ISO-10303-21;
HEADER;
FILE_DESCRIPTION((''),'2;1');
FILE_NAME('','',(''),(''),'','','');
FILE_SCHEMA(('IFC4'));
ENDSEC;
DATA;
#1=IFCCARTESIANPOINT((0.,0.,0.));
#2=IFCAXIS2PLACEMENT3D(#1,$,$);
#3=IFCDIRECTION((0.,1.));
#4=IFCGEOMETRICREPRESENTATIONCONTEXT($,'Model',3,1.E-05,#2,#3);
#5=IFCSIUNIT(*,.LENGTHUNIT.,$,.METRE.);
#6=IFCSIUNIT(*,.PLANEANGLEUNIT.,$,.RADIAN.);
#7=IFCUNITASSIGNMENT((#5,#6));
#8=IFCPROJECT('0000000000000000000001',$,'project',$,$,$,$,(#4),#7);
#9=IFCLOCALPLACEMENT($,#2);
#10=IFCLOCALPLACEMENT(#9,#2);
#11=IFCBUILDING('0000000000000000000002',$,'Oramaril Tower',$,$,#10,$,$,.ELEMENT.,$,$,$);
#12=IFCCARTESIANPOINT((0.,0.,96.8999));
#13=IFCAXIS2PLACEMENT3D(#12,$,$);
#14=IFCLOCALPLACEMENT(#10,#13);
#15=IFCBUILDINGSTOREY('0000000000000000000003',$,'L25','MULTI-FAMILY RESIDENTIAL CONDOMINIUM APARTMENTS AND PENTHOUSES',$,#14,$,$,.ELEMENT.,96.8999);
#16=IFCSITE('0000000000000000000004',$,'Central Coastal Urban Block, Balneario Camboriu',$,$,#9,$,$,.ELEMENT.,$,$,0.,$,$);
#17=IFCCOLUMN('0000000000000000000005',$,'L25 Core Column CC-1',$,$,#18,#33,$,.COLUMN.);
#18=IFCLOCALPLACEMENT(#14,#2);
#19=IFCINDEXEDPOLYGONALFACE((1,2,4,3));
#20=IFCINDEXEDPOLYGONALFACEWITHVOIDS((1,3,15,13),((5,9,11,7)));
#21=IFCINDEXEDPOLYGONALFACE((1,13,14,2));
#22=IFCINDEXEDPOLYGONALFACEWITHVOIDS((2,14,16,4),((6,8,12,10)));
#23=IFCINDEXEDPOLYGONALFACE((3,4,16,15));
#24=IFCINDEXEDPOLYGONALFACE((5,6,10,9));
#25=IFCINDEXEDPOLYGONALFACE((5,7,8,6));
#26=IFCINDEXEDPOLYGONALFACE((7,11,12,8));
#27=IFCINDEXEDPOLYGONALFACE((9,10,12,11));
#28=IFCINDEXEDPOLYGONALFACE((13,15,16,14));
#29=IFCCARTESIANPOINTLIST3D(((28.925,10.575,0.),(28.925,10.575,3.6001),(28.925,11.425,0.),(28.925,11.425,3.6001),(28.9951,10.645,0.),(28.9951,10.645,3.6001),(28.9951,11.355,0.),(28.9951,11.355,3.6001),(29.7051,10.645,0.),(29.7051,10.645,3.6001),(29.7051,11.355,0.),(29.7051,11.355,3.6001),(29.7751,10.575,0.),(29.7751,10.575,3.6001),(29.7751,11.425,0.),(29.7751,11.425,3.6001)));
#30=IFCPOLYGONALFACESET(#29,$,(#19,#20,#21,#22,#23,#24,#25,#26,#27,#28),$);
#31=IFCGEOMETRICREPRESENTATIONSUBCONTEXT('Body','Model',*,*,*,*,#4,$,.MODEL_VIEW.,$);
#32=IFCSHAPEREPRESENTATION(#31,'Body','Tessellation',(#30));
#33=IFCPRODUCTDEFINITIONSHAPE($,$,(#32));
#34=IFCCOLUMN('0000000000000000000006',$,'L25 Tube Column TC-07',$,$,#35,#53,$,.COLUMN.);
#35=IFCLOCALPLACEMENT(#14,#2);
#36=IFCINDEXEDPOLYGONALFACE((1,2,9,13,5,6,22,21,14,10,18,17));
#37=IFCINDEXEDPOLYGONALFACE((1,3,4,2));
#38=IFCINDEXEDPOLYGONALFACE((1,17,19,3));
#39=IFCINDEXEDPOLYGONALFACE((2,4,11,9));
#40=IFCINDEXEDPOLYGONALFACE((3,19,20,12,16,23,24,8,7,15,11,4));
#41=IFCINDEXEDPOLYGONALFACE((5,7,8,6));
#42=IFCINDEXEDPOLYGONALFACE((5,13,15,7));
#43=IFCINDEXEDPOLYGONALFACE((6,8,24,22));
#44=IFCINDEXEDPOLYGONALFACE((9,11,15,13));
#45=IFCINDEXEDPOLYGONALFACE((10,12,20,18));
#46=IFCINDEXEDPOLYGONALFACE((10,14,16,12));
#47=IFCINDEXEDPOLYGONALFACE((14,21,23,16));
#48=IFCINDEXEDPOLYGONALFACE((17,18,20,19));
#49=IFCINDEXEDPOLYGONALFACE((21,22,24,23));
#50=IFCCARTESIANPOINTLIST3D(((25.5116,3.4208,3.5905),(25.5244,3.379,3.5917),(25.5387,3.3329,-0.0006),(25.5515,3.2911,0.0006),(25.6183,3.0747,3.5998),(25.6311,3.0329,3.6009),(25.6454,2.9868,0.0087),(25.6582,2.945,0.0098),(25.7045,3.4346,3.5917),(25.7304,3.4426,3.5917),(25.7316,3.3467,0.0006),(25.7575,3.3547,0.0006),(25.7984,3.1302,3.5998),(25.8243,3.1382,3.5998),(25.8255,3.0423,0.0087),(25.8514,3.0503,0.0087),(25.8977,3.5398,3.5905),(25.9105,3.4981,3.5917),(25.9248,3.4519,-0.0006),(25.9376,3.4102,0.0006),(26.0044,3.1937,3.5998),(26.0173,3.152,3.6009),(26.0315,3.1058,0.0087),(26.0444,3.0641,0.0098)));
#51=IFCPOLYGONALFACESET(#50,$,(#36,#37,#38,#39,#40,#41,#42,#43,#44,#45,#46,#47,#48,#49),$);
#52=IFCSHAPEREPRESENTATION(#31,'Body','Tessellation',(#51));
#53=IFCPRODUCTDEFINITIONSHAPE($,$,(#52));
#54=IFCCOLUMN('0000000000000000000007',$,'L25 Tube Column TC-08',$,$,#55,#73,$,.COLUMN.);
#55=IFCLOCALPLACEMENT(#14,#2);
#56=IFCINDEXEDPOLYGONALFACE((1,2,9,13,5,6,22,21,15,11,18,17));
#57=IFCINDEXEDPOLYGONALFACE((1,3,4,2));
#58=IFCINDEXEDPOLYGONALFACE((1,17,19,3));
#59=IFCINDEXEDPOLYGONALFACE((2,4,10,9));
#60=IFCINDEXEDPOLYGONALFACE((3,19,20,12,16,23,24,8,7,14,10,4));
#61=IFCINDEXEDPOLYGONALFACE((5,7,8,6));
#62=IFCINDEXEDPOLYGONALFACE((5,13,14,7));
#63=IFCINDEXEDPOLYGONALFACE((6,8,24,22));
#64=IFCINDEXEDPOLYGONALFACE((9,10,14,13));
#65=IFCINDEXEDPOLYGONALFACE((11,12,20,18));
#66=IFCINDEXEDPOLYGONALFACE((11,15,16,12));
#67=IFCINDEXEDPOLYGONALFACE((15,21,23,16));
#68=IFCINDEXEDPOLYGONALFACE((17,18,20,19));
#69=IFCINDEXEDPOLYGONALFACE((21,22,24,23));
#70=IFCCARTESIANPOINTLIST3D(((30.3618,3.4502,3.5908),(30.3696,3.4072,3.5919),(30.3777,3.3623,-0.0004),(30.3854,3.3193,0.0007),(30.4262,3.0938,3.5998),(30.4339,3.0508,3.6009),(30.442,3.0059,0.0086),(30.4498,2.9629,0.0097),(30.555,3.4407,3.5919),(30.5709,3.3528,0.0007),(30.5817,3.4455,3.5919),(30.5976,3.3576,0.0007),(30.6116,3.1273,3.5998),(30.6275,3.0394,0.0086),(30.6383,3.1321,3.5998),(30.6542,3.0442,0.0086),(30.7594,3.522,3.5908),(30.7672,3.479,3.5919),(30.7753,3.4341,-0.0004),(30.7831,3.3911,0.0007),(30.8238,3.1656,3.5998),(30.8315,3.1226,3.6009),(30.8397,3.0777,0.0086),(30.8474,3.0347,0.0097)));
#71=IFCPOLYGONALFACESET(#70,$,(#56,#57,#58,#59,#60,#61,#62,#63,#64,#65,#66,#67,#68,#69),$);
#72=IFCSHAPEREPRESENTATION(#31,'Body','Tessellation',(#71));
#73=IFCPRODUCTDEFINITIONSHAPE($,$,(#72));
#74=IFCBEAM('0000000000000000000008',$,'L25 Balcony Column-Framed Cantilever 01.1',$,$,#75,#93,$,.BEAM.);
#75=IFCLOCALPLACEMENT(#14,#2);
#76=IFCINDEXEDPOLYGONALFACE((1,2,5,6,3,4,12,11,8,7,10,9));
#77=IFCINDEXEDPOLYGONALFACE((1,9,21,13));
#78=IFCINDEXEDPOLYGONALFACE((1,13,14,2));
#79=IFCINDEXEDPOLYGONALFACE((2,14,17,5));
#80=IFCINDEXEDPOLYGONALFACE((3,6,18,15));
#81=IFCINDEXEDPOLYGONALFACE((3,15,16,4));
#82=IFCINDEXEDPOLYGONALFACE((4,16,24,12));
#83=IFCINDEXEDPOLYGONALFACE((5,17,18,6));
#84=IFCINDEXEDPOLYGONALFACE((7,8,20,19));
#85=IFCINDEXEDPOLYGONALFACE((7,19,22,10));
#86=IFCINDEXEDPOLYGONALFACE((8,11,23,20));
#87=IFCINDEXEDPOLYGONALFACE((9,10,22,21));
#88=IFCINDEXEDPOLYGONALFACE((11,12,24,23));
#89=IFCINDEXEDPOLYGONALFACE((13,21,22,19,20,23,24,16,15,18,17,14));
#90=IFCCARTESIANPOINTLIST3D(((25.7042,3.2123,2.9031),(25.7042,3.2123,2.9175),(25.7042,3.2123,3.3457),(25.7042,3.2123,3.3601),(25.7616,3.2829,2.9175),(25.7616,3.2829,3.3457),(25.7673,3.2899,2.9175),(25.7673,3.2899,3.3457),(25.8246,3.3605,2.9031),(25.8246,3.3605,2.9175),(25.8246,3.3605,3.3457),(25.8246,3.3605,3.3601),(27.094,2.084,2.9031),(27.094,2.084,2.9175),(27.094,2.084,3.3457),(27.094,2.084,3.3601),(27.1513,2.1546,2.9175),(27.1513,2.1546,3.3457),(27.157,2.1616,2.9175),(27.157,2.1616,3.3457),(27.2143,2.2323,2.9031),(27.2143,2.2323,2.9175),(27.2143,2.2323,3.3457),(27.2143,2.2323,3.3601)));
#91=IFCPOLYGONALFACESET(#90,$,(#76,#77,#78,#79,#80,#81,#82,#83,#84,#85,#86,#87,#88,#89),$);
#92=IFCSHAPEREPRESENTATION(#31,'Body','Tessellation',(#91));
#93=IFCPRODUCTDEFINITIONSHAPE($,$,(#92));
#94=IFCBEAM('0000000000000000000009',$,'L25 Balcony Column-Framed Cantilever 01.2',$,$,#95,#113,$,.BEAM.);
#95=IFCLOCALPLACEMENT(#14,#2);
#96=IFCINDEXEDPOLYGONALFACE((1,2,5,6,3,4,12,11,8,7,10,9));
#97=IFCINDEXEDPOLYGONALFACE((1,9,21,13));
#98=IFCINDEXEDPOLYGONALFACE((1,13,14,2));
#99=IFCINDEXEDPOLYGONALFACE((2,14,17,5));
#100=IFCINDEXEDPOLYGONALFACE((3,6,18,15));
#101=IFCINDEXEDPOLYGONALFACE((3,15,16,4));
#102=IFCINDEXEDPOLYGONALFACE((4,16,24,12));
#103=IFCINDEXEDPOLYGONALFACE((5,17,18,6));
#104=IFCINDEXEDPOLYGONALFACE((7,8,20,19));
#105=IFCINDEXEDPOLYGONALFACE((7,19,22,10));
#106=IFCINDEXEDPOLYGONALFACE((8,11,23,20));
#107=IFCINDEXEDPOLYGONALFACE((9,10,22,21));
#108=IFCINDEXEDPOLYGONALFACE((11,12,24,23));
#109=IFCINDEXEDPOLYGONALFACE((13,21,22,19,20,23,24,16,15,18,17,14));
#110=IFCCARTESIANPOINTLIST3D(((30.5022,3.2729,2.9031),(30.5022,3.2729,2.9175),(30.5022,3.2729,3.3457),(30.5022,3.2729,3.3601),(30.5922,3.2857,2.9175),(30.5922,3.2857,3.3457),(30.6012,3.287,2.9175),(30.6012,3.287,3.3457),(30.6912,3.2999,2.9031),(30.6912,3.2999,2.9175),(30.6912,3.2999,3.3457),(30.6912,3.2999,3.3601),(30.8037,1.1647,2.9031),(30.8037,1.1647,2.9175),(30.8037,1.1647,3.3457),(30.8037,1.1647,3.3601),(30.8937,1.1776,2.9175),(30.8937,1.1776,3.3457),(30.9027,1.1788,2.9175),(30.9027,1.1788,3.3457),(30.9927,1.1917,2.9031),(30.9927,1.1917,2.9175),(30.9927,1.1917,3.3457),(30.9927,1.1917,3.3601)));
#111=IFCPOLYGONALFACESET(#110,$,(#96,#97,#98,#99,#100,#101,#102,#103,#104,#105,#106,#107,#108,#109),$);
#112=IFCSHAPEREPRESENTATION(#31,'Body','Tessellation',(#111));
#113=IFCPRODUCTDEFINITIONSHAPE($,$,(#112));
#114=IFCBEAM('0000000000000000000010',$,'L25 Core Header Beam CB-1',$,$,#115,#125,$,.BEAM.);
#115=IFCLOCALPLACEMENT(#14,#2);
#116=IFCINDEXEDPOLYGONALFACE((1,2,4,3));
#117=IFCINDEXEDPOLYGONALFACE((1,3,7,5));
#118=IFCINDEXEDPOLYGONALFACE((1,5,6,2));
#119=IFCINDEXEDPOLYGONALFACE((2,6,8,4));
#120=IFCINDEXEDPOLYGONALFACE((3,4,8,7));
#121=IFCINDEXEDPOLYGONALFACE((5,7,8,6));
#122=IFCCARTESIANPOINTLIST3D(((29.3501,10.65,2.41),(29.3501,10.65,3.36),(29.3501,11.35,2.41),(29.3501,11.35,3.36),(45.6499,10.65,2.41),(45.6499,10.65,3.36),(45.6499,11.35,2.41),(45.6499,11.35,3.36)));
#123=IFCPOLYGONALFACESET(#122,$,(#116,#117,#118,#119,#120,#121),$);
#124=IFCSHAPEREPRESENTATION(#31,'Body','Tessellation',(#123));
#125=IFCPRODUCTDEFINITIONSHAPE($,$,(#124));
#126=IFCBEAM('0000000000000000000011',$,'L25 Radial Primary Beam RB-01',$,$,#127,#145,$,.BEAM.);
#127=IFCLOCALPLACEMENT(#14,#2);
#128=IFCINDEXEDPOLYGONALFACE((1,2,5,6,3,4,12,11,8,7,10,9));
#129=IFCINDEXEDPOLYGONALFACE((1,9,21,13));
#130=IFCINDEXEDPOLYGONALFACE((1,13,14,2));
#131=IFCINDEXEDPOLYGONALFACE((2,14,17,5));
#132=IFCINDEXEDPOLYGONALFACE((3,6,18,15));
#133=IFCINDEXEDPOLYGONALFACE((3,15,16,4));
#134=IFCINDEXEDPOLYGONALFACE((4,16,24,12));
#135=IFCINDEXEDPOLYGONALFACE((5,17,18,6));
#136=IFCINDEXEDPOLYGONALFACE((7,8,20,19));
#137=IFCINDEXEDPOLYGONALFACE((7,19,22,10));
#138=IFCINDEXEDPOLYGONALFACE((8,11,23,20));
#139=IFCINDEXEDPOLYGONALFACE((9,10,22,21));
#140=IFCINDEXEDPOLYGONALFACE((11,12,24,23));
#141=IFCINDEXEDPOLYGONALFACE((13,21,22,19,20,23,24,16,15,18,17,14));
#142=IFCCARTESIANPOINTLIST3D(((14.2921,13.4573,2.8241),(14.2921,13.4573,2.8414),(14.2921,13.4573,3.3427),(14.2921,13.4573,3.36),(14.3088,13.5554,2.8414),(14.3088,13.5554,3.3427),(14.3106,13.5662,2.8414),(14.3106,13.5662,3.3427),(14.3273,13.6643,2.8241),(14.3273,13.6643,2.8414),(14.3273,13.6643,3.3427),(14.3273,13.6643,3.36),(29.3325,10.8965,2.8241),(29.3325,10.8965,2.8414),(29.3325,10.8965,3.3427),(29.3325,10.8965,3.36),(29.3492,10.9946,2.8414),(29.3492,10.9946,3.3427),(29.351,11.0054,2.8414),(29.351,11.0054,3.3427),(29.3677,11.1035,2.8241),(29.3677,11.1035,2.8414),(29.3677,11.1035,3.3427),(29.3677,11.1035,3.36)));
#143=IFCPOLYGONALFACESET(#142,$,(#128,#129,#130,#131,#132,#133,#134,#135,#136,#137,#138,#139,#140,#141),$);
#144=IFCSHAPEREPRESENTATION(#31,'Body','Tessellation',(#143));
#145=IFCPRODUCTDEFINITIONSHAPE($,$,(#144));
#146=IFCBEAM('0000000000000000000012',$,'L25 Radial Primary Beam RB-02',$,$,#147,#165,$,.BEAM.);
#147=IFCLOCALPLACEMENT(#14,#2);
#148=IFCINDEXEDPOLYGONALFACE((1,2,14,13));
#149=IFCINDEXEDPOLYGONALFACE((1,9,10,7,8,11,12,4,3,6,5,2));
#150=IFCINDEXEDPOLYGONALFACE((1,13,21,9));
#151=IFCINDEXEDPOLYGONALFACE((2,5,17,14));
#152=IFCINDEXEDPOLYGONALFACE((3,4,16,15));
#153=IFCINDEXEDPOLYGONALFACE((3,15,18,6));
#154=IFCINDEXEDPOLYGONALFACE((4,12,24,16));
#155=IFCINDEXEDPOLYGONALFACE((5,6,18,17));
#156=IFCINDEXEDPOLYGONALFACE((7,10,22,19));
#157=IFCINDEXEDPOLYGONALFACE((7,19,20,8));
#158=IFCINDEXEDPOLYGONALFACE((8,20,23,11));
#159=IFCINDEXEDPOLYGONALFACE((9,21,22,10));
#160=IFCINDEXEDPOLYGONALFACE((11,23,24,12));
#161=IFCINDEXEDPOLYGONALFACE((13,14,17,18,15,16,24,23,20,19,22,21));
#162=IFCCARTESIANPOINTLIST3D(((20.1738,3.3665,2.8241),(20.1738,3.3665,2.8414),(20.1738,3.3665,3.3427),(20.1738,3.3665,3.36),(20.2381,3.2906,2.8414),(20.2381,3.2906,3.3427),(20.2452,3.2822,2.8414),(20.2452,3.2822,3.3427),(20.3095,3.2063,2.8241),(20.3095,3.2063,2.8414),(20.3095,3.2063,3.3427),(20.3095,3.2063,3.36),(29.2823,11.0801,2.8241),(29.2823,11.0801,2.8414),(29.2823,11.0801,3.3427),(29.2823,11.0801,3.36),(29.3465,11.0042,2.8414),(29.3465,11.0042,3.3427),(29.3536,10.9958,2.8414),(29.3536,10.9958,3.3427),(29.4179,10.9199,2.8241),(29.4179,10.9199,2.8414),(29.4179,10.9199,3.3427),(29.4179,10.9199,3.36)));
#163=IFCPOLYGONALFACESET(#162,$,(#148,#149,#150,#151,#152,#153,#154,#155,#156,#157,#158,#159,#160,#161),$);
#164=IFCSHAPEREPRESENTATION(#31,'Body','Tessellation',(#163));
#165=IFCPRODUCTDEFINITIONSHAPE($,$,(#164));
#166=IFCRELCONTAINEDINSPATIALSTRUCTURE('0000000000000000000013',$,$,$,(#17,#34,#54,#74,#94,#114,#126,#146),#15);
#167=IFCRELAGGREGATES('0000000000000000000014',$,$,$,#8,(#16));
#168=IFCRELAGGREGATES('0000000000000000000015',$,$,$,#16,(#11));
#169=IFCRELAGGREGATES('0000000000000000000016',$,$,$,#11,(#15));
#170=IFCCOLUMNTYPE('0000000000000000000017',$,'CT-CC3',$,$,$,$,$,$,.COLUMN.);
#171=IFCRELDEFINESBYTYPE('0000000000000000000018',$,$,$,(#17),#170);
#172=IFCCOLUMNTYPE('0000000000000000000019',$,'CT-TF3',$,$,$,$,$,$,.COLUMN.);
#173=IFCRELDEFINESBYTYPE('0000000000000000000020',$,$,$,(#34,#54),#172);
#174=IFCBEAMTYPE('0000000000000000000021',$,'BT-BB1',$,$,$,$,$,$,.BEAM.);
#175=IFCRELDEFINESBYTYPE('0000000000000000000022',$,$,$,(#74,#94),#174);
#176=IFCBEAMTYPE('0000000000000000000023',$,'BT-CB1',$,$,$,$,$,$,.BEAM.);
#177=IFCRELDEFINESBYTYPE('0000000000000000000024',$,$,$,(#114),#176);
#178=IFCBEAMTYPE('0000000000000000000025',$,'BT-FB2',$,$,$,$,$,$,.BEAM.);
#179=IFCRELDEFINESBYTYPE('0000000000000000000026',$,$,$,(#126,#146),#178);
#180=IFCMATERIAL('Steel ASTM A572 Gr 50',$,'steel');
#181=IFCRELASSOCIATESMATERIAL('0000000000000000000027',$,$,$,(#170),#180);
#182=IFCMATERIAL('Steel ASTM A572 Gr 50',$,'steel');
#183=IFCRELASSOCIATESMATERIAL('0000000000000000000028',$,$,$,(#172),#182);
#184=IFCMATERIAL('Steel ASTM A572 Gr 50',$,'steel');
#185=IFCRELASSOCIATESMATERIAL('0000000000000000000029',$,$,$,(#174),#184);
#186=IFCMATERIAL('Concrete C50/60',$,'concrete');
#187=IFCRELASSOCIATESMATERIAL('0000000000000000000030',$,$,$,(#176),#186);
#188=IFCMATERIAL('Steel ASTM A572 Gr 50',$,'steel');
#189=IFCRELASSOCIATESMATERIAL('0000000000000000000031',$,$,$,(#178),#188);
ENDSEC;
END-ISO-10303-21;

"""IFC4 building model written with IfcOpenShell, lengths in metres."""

from ifc_helpers import new_model, si_unit, direction, frame, origin, origin_2d, place, context, subcontext, project, spatial, rectangle, hollow_rectangle, i_section, extrude, material, material_profile, profile_set, type_object, element, save


model = new_model("IFC4")

# Units and contexts
model_context = context("Model", 3, precision=1e-05, world=origin(), true_north=direction((0.0, 1.0)))
body_context = subcontext(model_context, "Body", "Model", "MODEL_VIEW")
ifc_project = project(units=[si_unit("LENGTHUNIT", "METRE"), si_unit("PLANEANGLEUNIT", "RADIAN")], contexts=[model_context])

# Site, building, storey
site_placement = place(None, origin())
site = spatial("IfcSite", under=ifc_project, at=site_placement, Name="Central Coastal Urban Block, Balneario Camboriu", CompositionType="ELEMENT", RefElevation=0.0)
building_placement = place(site_placement, origin())
building = spatial("IfcBuilding", under=site, at=building_placement, Name="Oramaril Tower", CompositionType="ELEMENT")
storey_placement = place(building_placement, frame((0.0, 0.0, 96.8999)))
storey = spatial("IfcBuildingStorey", under=building, at=storey_placement, Name="L25", Description="MULTI-FAMILY RESIDENTIAL CONDOMINIUM APARTMENTS AND PENTHOUSES", CompositionType="ELEMENT", Elevation=96.8999)

# Columns
ifc_material_1 = material(Name="Steel ASTM A572 Gr 50", Category="steel")
ifc_material_profile_1 = material_profile(ifc_material_1, hollow_rectangle(XDim=0.8501, YDim=0.8501, WallThickness=0.0701, at=origin_2d()), Name="BOX850X850X70")
ifc_profile_set_1 = profile_set([ifc_material_profile_1], Name="Steel ASTM A572 Gr 50")
column_type_1 = type_object("IfcColumnType", Name="CT-CC3", PredefinedType="COLUMN", material=ifc_profile_set_1)
column_placement = place(storey_placement, frame((29.3501, 11.0, 0.0), z_axis=(0.0, 0.0, 1.0), x_axis=(1.0, 0.0, 0.0)))
element("IfcColumn", 1, at=column_placement, inside=storey, type_object=column_type_1, Name="L25 Core Column CC-1", PredefinedType="COLUMN", context=body_context, shape_type="SweptSolid", body=[
    extrude(hollow_rectangle(XDim=0.8501, YDim=0.8501, WallThickness=0.0701, at=origin_2d()), origin(), (0.0, 0.0, 1.0), 3.6001),
])
ifc_material_2 = material(Name="Steel ASTM A572 Gr 50", Category="steel")
ifc_material_profile_2 = material_profile(ifc_material_2, i_section(OverallWidth=0.4041, OverallDepth=0.406, WebThickness=0.0271, FlangeThickness=0.0437, at=origin_2d()), Name="W14X233")
ifc_profile_set_2 = profile_set([ifc_material_profile_2], Name="Steel ASTM A572 Gr 50")
column_type_2 = type_object("IfcColumnType", Name="CT-TF3", PredefinedType="COLUMN", material=ifc_profile_set_2)
for number, where, z_axis, x_axis, name in (
    (2, (25.7915, 3.1985, 0.0046), (-0.007544, 0.024467, 0.999672), (-0.955607, -0.294645, 0.0), "L25 Tube Column TC-07"),
    (3, (30.6125, 3.1985, 0.0046), (-0.004418, 0.024467, 0.999691), (-0.984088, -0.177683, 0.0), "L25 Tube Column TC-08"),
):
    element("IfcColumn", number, at=place(storey_placement, frame(where, z_axis=z_axis, x_axis=x_axis)), inside=storey, type_object=column_type_2, Name=name, PredefinedType="COLUMN", context=body_context, shape_type="SweptSolid", body=[
        extrude(i_section(OverallWidth=0.4041, OverallDepth=0.406, WebThickness=0.0271, FlangeThickness=0.0437, at=origin_2d()), origin(), (0.0, 0.0, 1.0), 3.5923),
    ])

# Beams
ifc_material_3 = material(Name="Steel ASTM A572 Gr 50", Category="steel")
ifc_material_profile_3 = material_profile(ifc_material_3, i_section(OverallWidth=0.1909, OverallDepth=0.457, WebThickness=0.009, FlangeThickness=0.0144, at=origin_2d()), Name="W18X50")
ifc_profile_set_3 = profile_set([ifc_material_profile_3], Name="Steel ASTM A572 Gr 50")
beam_type_1 = type_object("IfcBeamType", Name="BT-BB1", PredefinedType="BEAM", material=ifc_profile_set_3)
beam_1_placement = place(storey_placement, frame((25.7644, 3.2864, 3.1316), z_axis=(0.776364, -0.630284, 0.0), x_axis=(0.630284, 0.776364, 0.0)))
element("IfcBeam", 4, at=beam_1_placement, inside=storey, type_object=beam_type_1, Name="L25 Balcony Column-Framed Cantilever 01.1", PredefinedType="BEAM", context=body_context, shape_type="SweptSolid", body=[
    extrude(i_section(OverallWidth=0.1909, OverallDepth=0.457, WebThickness=0.009, FlangeThickness=0.0144, at=origin_2d()), origin(), (0.0, 0.0, 1.0), 1.79),
])
beam_2_placement = place(storey_placement, frame((30.5967, 3.2864, 3.1316), z_axis=(0.141582, -0.989927, 0.0), x_axis=(0.989927, 0.141582, 0.0)))
element("IfcBeam", 5, at=beam_2_placement, inside=storey, type_object=beam_type_1, Name="L25 Balcony Column-Framed Cantilever 01.2", PredefinedType="BEAM", context=body_context, shape_type="SweptSolid", body=[
    extrude(i_section(OverallWidth=0.1909, OverallDepth=0.457, WebThickness=0.009, FlangeThickness=0.0144, at=origin_2d()), origin(), (0.0, 0.0, 1.0), 2.1296),
])
ifc_material_4 = material(Name="Concrete C50/60", Category="concrete")
ifc_material_profile_4 = material_profile(ifc_material_4, rectangle(XDim=0.7, YDim=0.95, at=origin_2d()), Name="CB700X950")
ifc_profile_set_4 = profile_set([ifc_material_profile_4], Name="Concrete C50/60")
beam_type_2 = type_object("IfcBeamType", Name="BT-CB1", PredefinedType="BEAM", material=ifc_profile_set_4)
beam_3_placement = place(storey_placement, frame((29.3501, 11.0, 2.885), z_axis=(1.0, 0.0, 0.0), x_axis=(0.0, 1.0, 0.0)))
element("IfcBeam", 6, at=beam_3_placement, inside=storey, type_object=beam_type_2, Name="L25 Core Header Beam CB-1", PredefinedType="BEAM", context=body_context, shape_type="SweptSolid", body=[
    extrude(rectangle(XDim=0.7, YDim=0.95, at=origin_2d()), origin(), (0.0, 0.0, 1.0), 16.2998),
])
ifc_material_5 = material(Name="Steel ASTM A572 Gr 50", Category="steel")
ifc_material_profile_5 = material_profile(ifc_material_5, i_section(OverallWidth=0.21, OverallDepth=0.5359, WebThickness=0.011, FlangeThickness=0.0173, at=origin_2d()), Name="W21X68")
ifc_profile_set_5 = profile_set([ifc_material_profile_5], Name="Steel ASTM A572 Gr 50")
beam_type_3 = type_object("IfcBeamType", Name="BT-FB2", PredefinedType="BEAM", material=ifc_profile_set_5)
beam_4_placement = place(storey_placement, frame((29.3501, 11.0, 3.092), z_axis=(-0.985813, 0.167847, 0.0), x_axis=(-0.167847, -0.985813, 0.0)))
element("IfcBeam", 7, at=beam_4_placement, inside=storey, type_object=beam_type_3, Name="L25 Radial Primary Beam RB-01", PredefinedType="BEAM", context=body_context, shape_type="SweptSolid", body=[
    extrude(i_section(OverallWidth=0.21, OverallDepth=0.5359, WebThickness=0.011, FlangeThickness=0.0173, at=origin_2d()), origin(), (0.0, 0.0, 1.0), 15.2568),
])
beam_5_placement = place(storey_placement, frame((29.3501, 11.0, 3.092), z_axis=(-0.763117, -0.64626, 0.0), x_axis=(0.64626, -0.763117, 0.0)))
element("IfcBeam", 8, at=beam_5_placement, inside=storey, type_object=beam_type_3, Name="L25 Radial Primary Beam RB-02", PredefinedType="BEAM", context=body_context, shape_type="SweptSolid", body=[
    extrude(i_section(OverallWidth=0.21, OverallDepth=0.5359, WebThickness=0.011, FlangeThickness=0.0173, at=origin_2d()), origin(), (0.0, 0.0, 1.0), 11.9358),
])

save(model, "model.ifc")
